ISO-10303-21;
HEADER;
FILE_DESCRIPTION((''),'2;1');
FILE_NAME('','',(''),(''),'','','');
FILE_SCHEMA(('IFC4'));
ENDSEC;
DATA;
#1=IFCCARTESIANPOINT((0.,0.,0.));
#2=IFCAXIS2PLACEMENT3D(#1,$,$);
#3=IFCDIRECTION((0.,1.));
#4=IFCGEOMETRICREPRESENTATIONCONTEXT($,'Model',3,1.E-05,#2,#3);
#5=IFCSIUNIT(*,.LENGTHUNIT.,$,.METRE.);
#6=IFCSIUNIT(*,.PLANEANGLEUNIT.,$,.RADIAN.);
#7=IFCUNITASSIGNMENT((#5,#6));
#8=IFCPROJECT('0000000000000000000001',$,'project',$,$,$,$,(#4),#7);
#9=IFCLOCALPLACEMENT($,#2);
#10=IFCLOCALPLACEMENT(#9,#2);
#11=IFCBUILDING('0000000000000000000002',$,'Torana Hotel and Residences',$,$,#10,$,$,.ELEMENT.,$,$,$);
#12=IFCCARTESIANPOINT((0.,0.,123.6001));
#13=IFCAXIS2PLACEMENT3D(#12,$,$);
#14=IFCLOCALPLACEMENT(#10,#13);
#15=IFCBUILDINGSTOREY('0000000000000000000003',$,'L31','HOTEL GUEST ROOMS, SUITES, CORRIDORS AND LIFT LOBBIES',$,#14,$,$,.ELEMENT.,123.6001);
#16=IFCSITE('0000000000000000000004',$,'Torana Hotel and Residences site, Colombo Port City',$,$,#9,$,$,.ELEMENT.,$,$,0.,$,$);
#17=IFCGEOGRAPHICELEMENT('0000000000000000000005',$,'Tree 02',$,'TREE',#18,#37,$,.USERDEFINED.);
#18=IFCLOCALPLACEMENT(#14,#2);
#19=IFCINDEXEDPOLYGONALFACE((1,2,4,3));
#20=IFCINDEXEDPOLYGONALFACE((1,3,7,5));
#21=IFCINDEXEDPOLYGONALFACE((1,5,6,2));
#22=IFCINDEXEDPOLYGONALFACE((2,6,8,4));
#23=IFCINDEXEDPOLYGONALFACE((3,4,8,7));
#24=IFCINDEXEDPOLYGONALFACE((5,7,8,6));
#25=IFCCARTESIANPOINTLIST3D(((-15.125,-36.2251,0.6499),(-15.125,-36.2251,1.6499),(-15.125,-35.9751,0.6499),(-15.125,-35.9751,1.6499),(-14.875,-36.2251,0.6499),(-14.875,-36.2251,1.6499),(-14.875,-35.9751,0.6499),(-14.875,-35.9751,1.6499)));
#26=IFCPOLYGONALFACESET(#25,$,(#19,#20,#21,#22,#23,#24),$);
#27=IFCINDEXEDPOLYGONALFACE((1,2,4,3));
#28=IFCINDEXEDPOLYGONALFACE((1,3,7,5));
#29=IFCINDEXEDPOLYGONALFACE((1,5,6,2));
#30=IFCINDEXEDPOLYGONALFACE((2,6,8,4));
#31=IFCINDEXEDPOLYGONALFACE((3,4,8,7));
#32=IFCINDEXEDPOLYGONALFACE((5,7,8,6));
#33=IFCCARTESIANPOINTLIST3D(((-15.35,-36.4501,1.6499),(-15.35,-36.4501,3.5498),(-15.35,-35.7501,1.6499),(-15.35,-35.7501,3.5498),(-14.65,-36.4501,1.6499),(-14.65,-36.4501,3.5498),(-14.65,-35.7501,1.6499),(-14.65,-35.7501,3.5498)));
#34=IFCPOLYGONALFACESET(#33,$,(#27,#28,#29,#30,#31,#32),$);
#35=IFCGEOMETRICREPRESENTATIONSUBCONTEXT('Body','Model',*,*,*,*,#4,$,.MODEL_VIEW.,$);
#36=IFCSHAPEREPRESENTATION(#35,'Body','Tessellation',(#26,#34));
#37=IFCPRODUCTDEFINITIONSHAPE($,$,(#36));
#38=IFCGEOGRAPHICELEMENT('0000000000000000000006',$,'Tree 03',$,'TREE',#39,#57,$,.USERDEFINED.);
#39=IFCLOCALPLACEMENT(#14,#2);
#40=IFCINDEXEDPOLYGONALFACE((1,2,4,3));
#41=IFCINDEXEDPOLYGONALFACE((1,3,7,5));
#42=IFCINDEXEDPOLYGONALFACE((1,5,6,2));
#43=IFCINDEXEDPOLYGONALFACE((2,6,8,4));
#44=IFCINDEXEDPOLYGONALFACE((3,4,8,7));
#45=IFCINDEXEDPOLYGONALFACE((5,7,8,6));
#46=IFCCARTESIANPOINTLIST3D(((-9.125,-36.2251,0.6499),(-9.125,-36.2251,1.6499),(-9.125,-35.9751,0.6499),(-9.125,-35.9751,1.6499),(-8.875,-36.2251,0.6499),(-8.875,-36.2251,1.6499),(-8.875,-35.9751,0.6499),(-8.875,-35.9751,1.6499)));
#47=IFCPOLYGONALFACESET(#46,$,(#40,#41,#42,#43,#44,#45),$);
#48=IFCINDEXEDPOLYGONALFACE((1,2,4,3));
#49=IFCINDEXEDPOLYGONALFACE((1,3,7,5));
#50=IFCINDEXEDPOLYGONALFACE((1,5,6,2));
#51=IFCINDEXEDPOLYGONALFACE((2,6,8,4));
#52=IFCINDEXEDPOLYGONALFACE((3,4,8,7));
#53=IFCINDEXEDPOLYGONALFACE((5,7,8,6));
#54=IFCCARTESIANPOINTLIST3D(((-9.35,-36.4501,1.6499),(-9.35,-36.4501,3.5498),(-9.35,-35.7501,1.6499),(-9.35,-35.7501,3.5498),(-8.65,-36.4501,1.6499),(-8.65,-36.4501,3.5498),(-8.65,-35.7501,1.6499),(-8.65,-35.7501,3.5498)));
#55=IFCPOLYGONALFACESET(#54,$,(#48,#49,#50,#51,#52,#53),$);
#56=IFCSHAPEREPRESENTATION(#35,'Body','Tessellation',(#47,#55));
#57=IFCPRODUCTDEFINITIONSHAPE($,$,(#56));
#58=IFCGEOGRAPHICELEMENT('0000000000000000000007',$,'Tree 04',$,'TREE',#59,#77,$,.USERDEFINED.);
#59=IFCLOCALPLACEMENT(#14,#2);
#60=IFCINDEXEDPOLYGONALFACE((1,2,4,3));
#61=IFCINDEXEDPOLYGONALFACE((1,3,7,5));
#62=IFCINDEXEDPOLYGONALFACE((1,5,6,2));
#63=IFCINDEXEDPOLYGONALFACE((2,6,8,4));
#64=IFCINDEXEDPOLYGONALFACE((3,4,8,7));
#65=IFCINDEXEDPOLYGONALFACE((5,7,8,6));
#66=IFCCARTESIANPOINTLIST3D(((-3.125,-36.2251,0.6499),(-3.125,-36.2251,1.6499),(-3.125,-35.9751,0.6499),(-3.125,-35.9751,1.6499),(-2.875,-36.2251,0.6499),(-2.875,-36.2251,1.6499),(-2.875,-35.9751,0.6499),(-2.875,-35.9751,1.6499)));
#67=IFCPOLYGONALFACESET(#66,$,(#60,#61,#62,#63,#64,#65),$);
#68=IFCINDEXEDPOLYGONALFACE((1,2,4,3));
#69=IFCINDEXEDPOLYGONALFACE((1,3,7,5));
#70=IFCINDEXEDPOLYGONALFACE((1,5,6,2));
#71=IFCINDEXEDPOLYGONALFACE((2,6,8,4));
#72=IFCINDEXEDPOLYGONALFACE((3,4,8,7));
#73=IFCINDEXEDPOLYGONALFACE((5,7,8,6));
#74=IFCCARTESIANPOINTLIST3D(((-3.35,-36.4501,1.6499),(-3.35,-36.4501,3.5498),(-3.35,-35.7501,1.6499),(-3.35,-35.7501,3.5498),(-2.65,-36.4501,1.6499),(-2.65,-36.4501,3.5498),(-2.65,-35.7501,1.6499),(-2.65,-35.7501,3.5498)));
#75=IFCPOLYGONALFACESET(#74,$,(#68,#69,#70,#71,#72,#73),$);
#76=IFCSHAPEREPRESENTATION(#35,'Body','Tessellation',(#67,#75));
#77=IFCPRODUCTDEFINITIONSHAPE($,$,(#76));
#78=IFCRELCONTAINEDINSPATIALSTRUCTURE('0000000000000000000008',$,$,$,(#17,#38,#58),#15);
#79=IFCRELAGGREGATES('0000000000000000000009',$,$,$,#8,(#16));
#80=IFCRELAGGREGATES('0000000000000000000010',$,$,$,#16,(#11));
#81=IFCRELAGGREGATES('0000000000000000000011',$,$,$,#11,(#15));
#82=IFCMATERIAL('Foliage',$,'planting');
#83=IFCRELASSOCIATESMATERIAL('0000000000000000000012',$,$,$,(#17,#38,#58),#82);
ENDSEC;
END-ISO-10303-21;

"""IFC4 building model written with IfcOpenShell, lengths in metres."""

from ifc_helpers import new_model, si_unit, direction, frame, origin, origin_2d, place, context, subcontext, project, spatial, rectangle, extrude, material, element, save


model = new_model("IFC4")

# Units and contexts
model_context = context("Model", 3, precision=1e-05, world=origin(), true_north=direction((0.0, 1.0)))
body_context = subcontext(model_context, "Body", "Model", "MODEL_VIEW")
ifc_project = project(units=[si_unit("LENGTHUNIT", "METRE"), si_unit("PLANEANGLEUNIT", "RADIAN")], contexts=[model_context])

# Site, building, storey
site_placement = place(None, origin())
site = spatial("IfcSite", under=ifc_project, at=site_placement, Name="Torana Hotel and Residences site, Colombo Port City", CompositionType="ELEMENT", RefElevation=0.0)
building_placement = place(site_placement, origin())
building = spatial("IfcBuilding", under=site, at=building_placement, Name="Torana Hotel and Residences", CompositionType="ELEMENT")
storey_placement = place(building_placement, frame((0.0, 0.0, 123.6001)))
storey = spatial("IfcBuildingStorey", under=building, at=storey_placement, Name="L31", Description="HOTEL GUEST ROOMS, SUITES, CORRIDORS AND LIFT LOBBIES", CompositionType="ELEMENT", Elevation=123.6001)

# Geographic elements
ifc_material_1 = material(Name="Foliage", Category="planting")
for number, where, z_axis, x_axis, name in (
    (1, (-15.0, -36.1001, 0.6499), (0.0, 0.0, 1.0), (1.0, 0.0, 0.0), "Tree 02"),
    (2, (-9.0, -36.1001, 0.6499), (0.0, 0.0, 1.0), (1.0, 0.0, 0.0), "Tree 03"),
    (3, (-3.0, -36.1001, 0.6499), (0.0, 0.0, 1.0), (1.0, 0.0, 0.0), "Tree 04"),
):
    element("IfcGeographicElement", number, at=place(storey_placement, frame(where, z_axis=z_axis, x_axis=x_axis)), inside=storey, material=ifc_material_1, Name=name, ObjectType="TREE", PredefinedType="USERDEFINED", context=body_context, shape_type="SweptSolid", body=[
        extrude(rectangle(XDim=0.25, YDim=0.25, at=origin_2d()), origin(), (0.0, 0.0, 1.0), 1.0),
        extrude(rectangle(XDim=0.7, YDim=0.7, at=origin_2d()), frame((0.0, 0.0, 1.0)), (0.0, 0.0, 1.0), 1.8999),
    ])

save(model, "model.ifc")
